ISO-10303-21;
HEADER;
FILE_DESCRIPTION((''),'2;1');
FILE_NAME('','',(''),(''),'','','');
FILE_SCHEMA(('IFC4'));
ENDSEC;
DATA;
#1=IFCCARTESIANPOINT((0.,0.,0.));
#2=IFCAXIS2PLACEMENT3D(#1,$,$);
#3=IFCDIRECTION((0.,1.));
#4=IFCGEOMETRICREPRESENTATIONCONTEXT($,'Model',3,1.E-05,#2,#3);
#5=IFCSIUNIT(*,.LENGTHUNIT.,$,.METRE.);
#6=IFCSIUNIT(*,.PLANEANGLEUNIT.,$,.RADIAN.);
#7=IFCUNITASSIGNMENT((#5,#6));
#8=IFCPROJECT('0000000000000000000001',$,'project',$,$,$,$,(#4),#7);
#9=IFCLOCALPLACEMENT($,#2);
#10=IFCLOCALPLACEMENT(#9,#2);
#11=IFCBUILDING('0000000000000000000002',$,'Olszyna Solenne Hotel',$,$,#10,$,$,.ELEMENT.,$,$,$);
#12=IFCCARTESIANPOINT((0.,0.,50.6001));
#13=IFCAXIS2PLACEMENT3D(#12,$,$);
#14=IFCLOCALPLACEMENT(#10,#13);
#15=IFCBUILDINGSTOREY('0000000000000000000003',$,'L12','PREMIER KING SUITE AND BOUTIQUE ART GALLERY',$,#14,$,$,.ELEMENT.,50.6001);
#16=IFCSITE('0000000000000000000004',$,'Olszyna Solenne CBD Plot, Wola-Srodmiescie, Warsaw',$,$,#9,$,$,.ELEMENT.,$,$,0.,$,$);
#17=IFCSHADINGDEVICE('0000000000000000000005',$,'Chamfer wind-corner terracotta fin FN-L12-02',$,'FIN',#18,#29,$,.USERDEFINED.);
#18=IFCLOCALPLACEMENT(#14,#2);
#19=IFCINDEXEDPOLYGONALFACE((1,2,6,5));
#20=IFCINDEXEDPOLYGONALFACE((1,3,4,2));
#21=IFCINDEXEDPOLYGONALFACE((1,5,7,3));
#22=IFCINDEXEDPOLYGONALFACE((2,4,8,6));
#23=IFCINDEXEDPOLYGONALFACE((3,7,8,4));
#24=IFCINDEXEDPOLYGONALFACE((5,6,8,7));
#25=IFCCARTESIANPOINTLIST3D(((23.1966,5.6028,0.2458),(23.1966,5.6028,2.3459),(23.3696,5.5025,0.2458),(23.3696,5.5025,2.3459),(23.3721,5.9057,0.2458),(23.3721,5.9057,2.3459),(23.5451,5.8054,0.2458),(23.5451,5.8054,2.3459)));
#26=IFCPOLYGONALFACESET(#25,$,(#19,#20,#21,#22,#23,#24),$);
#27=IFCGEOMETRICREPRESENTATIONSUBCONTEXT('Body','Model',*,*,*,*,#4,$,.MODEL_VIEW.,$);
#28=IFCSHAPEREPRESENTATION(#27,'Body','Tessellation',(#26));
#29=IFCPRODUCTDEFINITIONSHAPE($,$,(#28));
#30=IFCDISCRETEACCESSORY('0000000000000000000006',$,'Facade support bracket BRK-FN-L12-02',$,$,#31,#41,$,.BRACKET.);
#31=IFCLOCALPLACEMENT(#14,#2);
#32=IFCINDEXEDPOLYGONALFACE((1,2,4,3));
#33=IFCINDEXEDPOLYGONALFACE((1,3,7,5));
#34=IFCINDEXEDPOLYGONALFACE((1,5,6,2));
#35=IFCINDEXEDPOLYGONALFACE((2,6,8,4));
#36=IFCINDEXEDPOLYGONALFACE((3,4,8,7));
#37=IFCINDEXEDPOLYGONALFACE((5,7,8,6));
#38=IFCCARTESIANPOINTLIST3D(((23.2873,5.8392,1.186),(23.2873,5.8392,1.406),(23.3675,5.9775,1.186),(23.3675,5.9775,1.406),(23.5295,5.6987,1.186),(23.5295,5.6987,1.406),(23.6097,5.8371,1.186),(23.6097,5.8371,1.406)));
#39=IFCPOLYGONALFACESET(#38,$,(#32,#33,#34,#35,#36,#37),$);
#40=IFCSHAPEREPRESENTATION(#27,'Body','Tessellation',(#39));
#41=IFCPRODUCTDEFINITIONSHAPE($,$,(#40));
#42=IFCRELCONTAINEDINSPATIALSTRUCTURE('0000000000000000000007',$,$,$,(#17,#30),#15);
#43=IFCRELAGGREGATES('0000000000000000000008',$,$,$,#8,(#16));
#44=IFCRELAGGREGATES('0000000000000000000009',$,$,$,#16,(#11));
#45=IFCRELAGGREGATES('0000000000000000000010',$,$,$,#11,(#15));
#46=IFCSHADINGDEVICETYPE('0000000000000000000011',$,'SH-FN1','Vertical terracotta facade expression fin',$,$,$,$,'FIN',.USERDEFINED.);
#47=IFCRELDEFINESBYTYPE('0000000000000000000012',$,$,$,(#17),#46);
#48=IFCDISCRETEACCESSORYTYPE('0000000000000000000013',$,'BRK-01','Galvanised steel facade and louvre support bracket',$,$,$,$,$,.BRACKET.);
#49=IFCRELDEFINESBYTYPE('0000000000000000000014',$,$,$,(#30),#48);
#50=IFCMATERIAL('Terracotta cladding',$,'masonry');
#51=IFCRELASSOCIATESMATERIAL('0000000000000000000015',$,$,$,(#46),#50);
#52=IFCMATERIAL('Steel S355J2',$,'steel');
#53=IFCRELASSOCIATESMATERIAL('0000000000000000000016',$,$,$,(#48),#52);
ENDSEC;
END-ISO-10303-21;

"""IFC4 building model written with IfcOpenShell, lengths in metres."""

from ifc_helpers import new_model, si_unit, direction, frame, origin, origin_2d, place, context, subcontext, project, spatial, rectangle, extrude, source, transform, mapped, material, type_object, element, save


model = new_model("IFC4")

# Units and contexts
model_context = context("Model", 3, precision=1e-05, world=origin(), true_north=direction((0.0, 1.0)))
body_context = subcontext(model_context, "Body", "Model", "MODEL_VIEW")
ifc_project = project(units=[si_unit("LENGTHUNIT", "METRE"), si_unit("PLANEANGLEUNIT", "RADIAN")], contexts=[model_context])

# Site, building, storey
site_placement = place(None, origin())
site = spatial("IfcSite", under=ifc_project, at=site_placement, Name="Olszyna Solenne CBD Plot, Wola-Srodmiescie, Warsaw", CompositionType="ELEMENT", RefElevation=0.0)
building_placement = place(site_placement, origin())
building = spatial("IfcBuilding", under=site, at=building_placement, Name="Olszyna Solenne Hotel", CompositionType="ELEMENT")
storey_placement = place(building_placement, frame((0.0, 0.0, 50.6001)))
storey = spatial("IfcBuildingStorey", under=building, at=storey_placement, Name="L12", Description="PREMIER KING SUITE AND BOUTIQUE ART GALLERY", CompositionType="ELEMENT", Elevation=50.6001)

# Shared definitions
ifc_material_1 = material(Name="Steel S355J2", Category="steel")

# Shading device
ifc_material_2 = material(Name="Terracotta cladding", Category="masonry")
shading_device_type = type_object("IfcShadingDeviceType", Name="SH-FN1", Description="Vertical terracotta facade expression fin", ElementType="FIN", PredefinedType="USERDEFINED", material=ifc_material_2)
shared_shape_1 = source(origin(), body_context, "Body", "SweptSolid", [
    extrude(rectangle(XDim=0.2, YDim=0.3501, at=origin_2d()), origin(), (0.0, 0.0, 1.0), 2.1001),
])
shading_device_placement = place(storey_placement, frame((23.3708, 5.7041, 0.2458), z_axis=(0.0, 0.0, 1.0), x_axis=(-0.865151, 0.501511, 0.0)))
element("IfcShadingDevice", 1, at=shading_device_placement, inside=storey, type_object=shading_device_type, Name="Chamfer wind-corner terracotta fin FN-L12-02", ObjectType="FIN", PredefinedType="USERDEFINED", context=body_context, shape_type="MappedRepresentation", body=[
    mapped(shared_shape_1, transform((0.0, 0.0, 0.0), x_axis=(1.0, 0.0, 0.0), y_axis=(0.0, 1.0, 0.0), z_axis=(0.0, 0.0, 1.0), scale=1.0)),
])

# Discrete accessory
discrete_accessory_type = type_object("IfcDiscreteAccessoryType", Name="BRK-01", Description="Galvanised steel facade and louvre support bracket", PredefinedType="BRACKET", material=ifc_material_1)
shared_shape_2 = source(origin(), body_context, "Body", "SweptSolid", [
    extrude(rectangle(XDim=0.28, YDim=0.1599, at=origin_2d()), origin(), (0.0, 0.0, 1.0), 0.22),
])
discrete_accessory_placement = place(storey_placement, frame((23.4485, 5.8381, 1.186), z_axis=(0.0, 0.0, 1.0), x_axis=(-0.865151, 0.501511, 0.0)))
element("IfcDiscreteAccessory", 2, at=discrete_accessory_placement, inside=storey, type_object=discrete_accessory_type, Name="Facade support bracket BRK-FN-L12-02", PredefinedType="BRACKET", context=body_context, shape_type="MappedRepresentation", body=[
    mapped(shared_shape_2, transform((0.0, 0.0, 0.0), x_axis=(1.0, 0.0, 0.0), y_axis=(0.0, 1.0, 0.0), z_axis=(0.0, 0.0, 1.0), scale=1.0)),
])

save(model, "model.ifc")
